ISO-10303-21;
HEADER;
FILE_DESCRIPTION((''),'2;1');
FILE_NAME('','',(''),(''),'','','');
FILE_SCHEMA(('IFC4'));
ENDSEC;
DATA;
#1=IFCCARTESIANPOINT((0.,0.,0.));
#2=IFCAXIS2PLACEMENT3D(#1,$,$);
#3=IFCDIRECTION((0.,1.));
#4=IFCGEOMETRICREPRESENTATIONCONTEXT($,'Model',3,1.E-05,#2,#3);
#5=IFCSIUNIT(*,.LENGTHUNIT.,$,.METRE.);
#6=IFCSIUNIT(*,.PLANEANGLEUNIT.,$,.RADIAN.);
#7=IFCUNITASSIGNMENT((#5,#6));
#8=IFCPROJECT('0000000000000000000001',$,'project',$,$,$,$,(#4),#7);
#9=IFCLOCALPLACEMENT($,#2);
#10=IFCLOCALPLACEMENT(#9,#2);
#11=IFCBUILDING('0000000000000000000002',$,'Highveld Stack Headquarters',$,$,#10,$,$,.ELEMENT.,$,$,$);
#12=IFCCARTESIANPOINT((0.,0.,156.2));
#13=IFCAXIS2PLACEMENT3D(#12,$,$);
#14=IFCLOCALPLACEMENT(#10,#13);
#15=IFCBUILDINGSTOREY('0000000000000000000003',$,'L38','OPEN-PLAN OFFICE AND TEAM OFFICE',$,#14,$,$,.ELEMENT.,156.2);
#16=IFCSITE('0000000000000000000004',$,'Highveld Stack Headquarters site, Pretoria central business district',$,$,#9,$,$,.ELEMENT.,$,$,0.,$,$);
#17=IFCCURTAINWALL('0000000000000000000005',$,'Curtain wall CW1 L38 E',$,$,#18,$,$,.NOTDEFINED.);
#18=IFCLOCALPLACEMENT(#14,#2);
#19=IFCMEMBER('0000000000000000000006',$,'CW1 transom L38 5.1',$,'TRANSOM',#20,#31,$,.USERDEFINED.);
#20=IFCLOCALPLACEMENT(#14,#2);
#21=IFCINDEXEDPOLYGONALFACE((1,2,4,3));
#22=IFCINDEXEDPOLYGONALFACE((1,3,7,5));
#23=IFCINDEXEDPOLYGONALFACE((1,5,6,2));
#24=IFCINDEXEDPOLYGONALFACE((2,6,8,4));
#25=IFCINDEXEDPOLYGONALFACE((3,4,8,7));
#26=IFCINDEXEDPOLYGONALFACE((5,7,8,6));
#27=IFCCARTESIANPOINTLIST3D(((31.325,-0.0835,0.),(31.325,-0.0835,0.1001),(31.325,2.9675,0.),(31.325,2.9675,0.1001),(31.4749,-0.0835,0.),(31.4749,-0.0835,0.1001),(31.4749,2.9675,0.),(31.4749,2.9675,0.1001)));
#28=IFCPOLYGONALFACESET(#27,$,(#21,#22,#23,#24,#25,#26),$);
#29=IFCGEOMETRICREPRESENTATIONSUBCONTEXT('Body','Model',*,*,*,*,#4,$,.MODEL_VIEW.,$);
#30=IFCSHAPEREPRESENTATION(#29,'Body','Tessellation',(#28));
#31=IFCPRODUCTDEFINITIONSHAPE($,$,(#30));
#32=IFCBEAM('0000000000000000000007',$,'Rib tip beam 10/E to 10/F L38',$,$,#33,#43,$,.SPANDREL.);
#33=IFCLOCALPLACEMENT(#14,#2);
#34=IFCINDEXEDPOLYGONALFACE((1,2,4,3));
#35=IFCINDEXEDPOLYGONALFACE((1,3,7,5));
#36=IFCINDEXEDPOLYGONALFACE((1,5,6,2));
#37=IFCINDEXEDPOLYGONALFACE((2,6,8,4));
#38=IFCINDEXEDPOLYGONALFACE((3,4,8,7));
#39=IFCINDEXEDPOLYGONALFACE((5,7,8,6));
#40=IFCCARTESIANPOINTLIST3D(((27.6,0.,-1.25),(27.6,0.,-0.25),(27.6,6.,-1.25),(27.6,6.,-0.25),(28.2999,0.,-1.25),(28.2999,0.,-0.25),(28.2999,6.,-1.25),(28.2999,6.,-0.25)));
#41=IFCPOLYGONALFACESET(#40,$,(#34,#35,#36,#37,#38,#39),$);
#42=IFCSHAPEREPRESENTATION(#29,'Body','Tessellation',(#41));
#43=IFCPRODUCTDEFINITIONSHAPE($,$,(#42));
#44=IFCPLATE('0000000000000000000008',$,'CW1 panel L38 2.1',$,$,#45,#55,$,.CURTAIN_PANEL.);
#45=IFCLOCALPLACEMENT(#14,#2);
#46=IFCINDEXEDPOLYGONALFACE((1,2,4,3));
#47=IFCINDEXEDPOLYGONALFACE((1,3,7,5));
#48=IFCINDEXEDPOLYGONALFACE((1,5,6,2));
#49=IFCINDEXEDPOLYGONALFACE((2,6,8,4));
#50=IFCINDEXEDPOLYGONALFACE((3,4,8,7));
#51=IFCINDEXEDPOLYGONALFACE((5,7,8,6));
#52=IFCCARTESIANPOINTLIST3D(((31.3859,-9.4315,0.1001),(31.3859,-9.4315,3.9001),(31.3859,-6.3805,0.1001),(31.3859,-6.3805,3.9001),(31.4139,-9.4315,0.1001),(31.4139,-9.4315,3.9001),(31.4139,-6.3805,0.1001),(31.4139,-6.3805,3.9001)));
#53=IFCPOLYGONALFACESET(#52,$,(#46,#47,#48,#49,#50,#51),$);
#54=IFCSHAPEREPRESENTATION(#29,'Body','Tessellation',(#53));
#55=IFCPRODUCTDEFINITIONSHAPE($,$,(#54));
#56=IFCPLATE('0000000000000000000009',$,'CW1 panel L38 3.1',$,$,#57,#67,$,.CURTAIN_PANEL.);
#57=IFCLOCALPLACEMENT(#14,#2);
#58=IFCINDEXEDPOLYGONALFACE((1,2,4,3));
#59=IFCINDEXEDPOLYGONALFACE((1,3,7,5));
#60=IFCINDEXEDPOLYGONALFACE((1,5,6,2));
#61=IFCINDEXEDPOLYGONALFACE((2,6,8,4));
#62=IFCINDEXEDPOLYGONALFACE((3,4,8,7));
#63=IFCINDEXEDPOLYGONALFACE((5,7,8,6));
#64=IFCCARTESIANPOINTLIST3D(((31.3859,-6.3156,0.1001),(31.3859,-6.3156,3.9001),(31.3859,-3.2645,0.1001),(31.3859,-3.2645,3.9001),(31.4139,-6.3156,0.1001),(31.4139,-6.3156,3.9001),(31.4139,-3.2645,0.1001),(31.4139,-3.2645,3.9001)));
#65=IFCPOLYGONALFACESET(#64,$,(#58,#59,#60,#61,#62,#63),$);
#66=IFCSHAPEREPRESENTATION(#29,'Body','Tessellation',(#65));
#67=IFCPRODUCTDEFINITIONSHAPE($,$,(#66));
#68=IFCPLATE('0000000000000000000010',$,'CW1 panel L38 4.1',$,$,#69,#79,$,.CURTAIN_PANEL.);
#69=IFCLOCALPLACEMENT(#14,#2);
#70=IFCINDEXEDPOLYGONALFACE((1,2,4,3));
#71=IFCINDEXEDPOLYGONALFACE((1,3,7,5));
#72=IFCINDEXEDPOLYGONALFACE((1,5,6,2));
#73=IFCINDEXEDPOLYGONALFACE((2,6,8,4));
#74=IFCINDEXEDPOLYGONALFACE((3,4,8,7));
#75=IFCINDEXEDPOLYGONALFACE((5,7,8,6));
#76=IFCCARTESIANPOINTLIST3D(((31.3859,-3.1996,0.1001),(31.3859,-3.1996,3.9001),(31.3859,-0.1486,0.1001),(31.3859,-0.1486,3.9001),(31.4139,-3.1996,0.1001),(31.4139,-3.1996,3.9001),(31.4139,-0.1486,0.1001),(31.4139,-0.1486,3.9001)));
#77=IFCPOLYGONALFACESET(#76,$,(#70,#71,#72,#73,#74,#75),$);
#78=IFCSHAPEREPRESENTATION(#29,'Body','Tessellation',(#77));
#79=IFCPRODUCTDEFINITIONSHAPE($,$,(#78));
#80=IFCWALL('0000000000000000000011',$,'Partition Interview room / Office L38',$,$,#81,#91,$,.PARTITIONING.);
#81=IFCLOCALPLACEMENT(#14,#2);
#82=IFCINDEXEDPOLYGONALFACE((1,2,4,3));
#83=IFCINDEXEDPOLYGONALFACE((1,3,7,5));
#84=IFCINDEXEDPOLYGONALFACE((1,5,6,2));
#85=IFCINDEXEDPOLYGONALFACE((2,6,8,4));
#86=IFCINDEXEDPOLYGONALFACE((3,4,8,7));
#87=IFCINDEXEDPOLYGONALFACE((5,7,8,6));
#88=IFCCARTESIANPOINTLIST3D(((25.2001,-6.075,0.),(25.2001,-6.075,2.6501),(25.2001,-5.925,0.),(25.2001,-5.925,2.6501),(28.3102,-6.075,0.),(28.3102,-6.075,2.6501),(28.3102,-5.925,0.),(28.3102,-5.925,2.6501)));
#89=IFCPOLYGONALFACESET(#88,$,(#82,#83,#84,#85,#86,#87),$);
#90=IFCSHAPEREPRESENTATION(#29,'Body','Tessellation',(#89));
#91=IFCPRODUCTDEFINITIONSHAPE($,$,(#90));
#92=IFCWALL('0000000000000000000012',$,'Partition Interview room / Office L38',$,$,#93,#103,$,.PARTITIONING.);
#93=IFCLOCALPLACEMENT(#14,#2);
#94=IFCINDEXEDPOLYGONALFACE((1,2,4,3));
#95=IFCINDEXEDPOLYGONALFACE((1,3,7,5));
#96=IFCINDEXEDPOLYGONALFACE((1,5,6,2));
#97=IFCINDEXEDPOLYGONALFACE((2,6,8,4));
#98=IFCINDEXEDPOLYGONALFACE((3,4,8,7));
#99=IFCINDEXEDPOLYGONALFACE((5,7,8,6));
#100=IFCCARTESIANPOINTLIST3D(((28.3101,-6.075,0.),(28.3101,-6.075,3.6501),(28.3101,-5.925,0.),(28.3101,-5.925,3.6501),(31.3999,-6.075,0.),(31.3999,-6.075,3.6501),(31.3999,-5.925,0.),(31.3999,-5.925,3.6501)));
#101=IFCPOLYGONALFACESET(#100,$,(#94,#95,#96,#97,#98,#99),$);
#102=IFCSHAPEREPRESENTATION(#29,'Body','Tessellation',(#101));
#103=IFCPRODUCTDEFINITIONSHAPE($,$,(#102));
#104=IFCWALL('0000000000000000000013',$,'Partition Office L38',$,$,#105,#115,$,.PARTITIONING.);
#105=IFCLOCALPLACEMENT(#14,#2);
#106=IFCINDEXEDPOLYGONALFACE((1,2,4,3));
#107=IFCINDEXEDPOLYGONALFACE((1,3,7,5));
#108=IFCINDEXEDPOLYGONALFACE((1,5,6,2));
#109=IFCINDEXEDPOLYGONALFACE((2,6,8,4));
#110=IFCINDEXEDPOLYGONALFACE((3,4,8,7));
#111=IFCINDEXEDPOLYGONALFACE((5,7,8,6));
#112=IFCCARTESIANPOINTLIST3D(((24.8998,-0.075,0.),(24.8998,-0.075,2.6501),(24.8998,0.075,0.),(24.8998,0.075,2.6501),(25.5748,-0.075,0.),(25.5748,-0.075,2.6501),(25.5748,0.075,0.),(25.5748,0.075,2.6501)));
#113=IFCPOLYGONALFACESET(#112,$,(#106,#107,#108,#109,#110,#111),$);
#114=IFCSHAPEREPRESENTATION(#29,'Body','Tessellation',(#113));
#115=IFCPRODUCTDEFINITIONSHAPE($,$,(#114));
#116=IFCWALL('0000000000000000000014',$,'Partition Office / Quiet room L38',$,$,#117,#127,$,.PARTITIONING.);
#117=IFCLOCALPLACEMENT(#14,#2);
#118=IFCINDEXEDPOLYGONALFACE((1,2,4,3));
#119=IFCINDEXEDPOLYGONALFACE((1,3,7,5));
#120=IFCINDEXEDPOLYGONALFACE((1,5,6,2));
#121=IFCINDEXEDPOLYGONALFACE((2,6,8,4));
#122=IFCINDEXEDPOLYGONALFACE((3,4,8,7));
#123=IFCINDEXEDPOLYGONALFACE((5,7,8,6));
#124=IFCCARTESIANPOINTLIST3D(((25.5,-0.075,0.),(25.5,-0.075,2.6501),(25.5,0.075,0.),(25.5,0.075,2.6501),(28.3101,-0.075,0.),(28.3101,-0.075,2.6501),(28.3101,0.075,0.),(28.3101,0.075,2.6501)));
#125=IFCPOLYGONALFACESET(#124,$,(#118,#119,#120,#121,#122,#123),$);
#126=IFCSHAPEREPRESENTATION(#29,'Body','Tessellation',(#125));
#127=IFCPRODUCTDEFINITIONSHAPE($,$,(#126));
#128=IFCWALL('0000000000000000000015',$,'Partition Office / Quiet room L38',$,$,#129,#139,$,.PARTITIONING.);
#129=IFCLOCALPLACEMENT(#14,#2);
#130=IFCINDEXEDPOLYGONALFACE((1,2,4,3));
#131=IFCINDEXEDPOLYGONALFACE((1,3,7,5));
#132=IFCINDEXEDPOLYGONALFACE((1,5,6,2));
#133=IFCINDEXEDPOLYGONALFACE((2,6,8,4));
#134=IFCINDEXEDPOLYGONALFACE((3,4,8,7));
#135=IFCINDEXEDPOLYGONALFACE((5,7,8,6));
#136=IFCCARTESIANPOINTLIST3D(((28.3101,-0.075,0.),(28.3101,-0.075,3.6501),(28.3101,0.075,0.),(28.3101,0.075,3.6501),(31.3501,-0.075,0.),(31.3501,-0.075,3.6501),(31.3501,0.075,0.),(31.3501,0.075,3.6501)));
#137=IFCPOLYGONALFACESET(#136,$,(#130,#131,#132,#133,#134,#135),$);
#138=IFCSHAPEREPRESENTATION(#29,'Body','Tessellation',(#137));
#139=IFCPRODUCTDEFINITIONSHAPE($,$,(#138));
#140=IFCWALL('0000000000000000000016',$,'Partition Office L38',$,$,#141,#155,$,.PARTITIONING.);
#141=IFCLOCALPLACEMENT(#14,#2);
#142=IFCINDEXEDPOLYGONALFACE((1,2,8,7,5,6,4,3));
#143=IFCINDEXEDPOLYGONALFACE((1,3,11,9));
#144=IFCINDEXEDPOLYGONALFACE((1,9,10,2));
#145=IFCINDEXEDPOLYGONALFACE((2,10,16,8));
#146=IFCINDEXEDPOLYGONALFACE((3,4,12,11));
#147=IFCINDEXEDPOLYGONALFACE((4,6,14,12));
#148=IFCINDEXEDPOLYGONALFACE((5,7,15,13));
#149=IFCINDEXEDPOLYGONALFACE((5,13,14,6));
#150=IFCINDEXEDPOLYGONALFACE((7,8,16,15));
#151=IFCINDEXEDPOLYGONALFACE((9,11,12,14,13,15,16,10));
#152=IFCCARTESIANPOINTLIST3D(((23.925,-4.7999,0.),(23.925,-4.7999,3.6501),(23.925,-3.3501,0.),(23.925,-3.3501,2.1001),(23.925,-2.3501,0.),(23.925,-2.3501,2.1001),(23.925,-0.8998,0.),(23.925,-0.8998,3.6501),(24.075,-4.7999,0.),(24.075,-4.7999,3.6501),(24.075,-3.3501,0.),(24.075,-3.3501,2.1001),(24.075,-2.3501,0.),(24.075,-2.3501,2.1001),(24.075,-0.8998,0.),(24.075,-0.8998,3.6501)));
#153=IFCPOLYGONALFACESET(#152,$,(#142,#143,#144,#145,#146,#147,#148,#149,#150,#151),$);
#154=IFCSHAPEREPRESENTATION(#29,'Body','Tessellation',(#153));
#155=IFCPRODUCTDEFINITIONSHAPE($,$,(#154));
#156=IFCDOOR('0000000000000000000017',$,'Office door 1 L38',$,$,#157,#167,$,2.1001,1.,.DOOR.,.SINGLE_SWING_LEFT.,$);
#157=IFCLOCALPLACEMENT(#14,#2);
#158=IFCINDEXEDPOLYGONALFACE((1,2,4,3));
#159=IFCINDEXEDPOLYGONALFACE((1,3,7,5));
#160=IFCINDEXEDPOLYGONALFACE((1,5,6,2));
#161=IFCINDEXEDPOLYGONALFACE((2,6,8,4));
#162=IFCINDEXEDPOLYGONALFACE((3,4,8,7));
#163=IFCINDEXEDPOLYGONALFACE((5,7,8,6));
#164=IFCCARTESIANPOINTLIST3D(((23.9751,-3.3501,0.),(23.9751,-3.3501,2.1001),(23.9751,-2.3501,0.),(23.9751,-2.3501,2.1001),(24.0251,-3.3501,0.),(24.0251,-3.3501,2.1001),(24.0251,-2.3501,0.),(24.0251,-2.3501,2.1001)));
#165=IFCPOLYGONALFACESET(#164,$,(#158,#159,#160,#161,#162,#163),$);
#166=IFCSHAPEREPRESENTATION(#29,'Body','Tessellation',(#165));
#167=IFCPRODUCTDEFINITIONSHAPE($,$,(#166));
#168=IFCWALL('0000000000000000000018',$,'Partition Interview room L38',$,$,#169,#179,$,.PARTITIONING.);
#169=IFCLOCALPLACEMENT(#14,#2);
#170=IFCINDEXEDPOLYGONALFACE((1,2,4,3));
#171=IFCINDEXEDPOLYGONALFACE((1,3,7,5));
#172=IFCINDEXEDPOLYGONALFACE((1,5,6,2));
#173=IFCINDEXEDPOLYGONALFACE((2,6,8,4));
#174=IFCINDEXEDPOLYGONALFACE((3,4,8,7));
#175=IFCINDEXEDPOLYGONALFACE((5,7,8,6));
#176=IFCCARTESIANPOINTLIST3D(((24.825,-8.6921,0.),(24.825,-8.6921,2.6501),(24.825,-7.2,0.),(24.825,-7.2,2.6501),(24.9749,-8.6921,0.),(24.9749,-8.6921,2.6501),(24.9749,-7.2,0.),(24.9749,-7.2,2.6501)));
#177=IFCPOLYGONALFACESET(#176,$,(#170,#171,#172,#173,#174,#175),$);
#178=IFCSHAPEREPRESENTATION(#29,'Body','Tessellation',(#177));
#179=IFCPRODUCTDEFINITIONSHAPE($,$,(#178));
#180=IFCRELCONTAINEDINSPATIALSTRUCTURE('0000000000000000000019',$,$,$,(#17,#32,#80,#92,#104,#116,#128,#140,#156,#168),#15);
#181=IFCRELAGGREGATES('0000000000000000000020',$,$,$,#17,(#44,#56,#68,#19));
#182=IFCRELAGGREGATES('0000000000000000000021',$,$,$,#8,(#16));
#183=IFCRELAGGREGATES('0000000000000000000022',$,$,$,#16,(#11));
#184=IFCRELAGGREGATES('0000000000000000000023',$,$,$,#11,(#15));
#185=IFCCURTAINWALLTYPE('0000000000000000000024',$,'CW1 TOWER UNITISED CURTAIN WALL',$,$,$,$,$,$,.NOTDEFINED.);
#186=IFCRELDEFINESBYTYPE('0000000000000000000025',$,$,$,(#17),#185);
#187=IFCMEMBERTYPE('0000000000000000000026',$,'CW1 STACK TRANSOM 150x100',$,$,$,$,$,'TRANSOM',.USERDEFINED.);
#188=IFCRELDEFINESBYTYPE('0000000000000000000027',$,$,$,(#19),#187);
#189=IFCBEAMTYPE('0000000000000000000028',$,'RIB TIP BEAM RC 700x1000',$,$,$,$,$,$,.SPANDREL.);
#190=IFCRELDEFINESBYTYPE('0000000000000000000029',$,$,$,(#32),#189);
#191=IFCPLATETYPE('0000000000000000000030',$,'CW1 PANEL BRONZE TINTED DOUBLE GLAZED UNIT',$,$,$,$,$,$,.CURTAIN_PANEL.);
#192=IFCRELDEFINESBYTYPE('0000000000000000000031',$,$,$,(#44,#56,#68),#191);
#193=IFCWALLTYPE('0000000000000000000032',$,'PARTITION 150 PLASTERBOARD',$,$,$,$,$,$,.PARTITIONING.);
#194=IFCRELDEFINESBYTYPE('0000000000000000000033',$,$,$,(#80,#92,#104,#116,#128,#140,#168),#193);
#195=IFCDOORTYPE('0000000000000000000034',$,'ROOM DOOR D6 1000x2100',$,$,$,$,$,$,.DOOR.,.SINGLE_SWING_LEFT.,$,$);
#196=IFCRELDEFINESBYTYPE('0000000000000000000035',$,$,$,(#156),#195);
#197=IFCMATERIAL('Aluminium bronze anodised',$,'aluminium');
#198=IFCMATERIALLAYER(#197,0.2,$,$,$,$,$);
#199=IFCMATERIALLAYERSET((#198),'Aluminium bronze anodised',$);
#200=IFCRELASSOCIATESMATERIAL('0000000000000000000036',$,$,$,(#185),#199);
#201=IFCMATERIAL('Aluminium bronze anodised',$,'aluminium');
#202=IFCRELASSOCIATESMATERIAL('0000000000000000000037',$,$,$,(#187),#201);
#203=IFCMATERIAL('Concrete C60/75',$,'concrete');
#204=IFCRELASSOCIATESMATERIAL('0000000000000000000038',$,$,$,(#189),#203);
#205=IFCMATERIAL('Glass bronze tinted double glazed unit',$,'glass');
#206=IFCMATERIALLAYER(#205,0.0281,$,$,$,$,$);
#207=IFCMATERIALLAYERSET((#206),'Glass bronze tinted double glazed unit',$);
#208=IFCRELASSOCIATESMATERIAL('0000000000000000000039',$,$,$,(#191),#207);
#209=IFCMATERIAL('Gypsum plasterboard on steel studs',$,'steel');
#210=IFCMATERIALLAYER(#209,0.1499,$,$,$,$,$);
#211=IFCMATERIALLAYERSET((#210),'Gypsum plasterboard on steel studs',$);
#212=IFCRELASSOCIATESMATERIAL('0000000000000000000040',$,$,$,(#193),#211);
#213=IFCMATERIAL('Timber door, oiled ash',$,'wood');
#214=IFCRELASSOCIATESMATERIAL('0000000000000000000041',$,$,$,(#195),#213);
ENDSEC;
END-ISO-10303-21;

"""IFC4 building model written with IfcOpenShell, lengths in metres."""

from ifc_helpers import new_model, si_unit, direction, frame, frame_2d, origin, origin_2d, place, context, subcontext, project, spatial, rectangle, extrude, material, layer, layer_set, material_profile, profile_set, type_object, element, fill, aggregate, save


model = new_model("IFC4")

# Units and contexts
model_context = context("Model", 3, precision=1e-05, world=origin(), true_north=direction((0.0, 1.0)))
body_context = subcontext(model_context, "Body", "Model", "MODEL_VIEW")
ifc_project = project(units=[si_unit("LENGTHUNIT", "METRE"), si_unit("PLANEANGLEUNIT", "RADIAN")], contexts=[model_context])

# Site, building, storey
site_placement = place(None, origin())
site = spatial("IfcSite", under=ifc_project, at=site_placement, Name="Highveld Stack Headquarters site, Pretoria central business district", CompositionType="ELEMENT", RefElevation=0.0)
building_placement = place(site_placement, origin())
building = spatial("IfcBuilding", under=site, at=building_placement, Name="Highveld Stack Headquarters", CompositionType="ELEMENT")
storey_placement = place(building_placement, frame((0.0, 0.0, 156.2)))
storey = spatial("IfcBuildingStorey", under=building, at=storey_placement, Name="L38", Description="OPEN-PLAN OFFICE AND TEAM OFFICE", CompositionType="ELEMENT", Elevation=156.2)

# Curtain wall, member
ifc_material_1 = material(Name="Aluminium bronze anodised", Category="aluminium")
ifc_layer_1 = layer(ifc_material_1, 0.2)
ifc_layer_set_1 = layer_set([ifc_layer_1], Name="Aluminium bronze anodised")
curtain_wall_type = type_object("IfcCurtainWallType", Name="CW1 TOWER UNITISED CURTAIN WALL", PredefinedType="NOTDEFINED", material=ifc_layer_set_1)
curtain_wall_placement = place(storey_placement, origin())
curtain_wall = element("IfcCurtainWall", 1, at=curtain_wall_placement, inside=storey, type_object=curtain_wall_type, Name="Curtain wall CW1 L38 E", PredefinedType="NOTDEFINED")
ifc_material_2 = material(Name="Aluminium bronze anodised", Category="aluminium")
ifc_material_profile_1 = material_profile(ifc_material_2, rectangle(XDim=0.1499, YDim=0.1001, at=origin_2d()), Name="CW1 TRANSOM 150x100")
ifc_profile_set_1 = profile_set([ifc_material_profile_1], Name="Aluminium bronze anodised")
member_type_1 = type_object("IfcMemberType", Name="CW1 STACK TRANSOM 150x100", ElementType="TRANSOM", PredefinedType="USERDEFINED", material=ifc_profile_set_1)
member_1_placement = place(storey_placement, frame((31.3999, -0.0835, 0.05), z_axis=(0.0, 1.0, 0.0), x_axis=(-1.0, 0.0, 0.0)))
member_1 = element("IfcMember", 2, at=member_1_placement, type_object=member_type_1, Name="CW1 transom L38 5.1", ObjectType="TRANSOM", PredefinedType="USERDEFINED", context=body_context, shape_type="SweptSolid", body=[
    extrude(rectangle(XDim=0.1499, YDim=0.1001, at=origin_2d()), origin(), (0.0, 0.0, 1.0), 3.051),
])

# Beam
ifc_material_3 = material(Name="Concrete C60/75", Category="concrete")
ifc_material_profile_2 = material_profile(ifc_material_3, rectangle(XDim=0.7, YDim=1.0, at=origin_2d()), Name="RC 700x1000")
ifc_profile_set_2 = profile_set([ifc_material_profile_2], Name="Concrete C60/75")
beam_type_1 = type_object("IfcBeamType", Name="RIB TIP BEAM RC 700x1000", PredefinedType="SPANDREL", material=ifc_profile_set_2)
beam_1_placement = place(storey_placement, frame((27.95, 0.0, -0.75), z_axis=(0.0, 1.0, 0.0), x_axis=(-1.0, 0.0, 0.0)))
element("IfcBeam", 3, at=beam_1_placement, inside=storey, type_object=beam_type_1, Name="Rib tip beam 10/E to 10/F L38", PredefinedType="SPANDREL", context=body_context, shape_type="SweptSolid", body=[
    extrude(rectangle(XDim=0.7, YDim=1.0, at=origin_2d()), origin(), (0.0, 0.0, 1.0), 6.0),
])

# Plates
ifc_material_4 = material(Name="Glass bronze tinted double glazed unit", Category="glass")
ifc_layer_2 = layer(ifc_material_4, 0.0281)
ifc_layer_set_2 = layer_set([ifc_layer_2], Name="Glass bronze tinted double glazed unit")
plate_type = type_object("IfcPlateType", Name="CW1 PANEL BRONZE TINTED DOUBLE GLAZED UNIT", PredefinedType="CURTAIN_PANEL", material=ifc_layer_set_2)
plate_1_placement = place(storey_placement, frame((31.3999, -7.906, 0.1001), z_axis=(0.0, 0.0, 1.0), x_axis=(0.0, 1.0, 0.0)))
plate_1 = element("IfcPlate", 4, at=plate_1_placement, type_object=plate_type, Name="CW1 panel L38 2.1", PredefinedType="CURTAIN_PANEL", context=body_context, shape_type="SweptSolid", body=[
    extrude(rectangle(XDim=3.051, YDim=0.0281, at=origin_2d()), origin(), (0.0, 0.0, 1.0), 3.8),
])
plate_2_placement = place(storey_placement, frame((31.3999, -4.79, 0.1001), z_axis=(0.0, 0.0, 1.0), x_axis=(0.0, 1.0, 0.0)))
plate_2 = element("IfcPlate", 5, at=plate_2_placement, type_object=plate_type, Name="CW1 panel L38 3.1", PredefinedType="CURTAIN_PANEL", context=body_context, shape_type="SweptSolid", body=[
    extrude(rectangle(XDim=3.051, YDim=0.0281, at=origin_2d()), origin(), (0.0, 0.0, 1.0), 3.8),
])
plate_3_placement = place(storey_placement, frame((31.3999, -1.6741, 0.1001), z_axis=(0.0, 0.0, 1.0), x_axis=(0.0, 1.0, 0.0)))
plate_3 = element("IfcPlate", 6, at=plate_3_placement, type_object=plate_type, Name="CW1 panel L38 4.1", PredefinedType="CURTAIN_PANEL", context=body_context, shape_type="SweptSolid", body=[
    extrude(rectangle(XDim=3.051, YDim=0.0281, at=origin_2d()), origin(), (0.0, 0.0, 1.0), 3.8),
])
aggregate(curtain_wall, [plate_1, plate_2, plate_3, member_1])

# Walls
ifc_material_5 = material(Name="Gypsum plasterboard on steel studs", Category="steel")
ifc_layer_3 = layer(ifc_material_5, 0.1499)
ifc_layer_set_3 = layer_set([ifc_layer_3], Name="Gypsum plasterboard on steel studs")
wall_type = type_object("IfcWallType", Name="PARTITION 150 PLASTERBOARD", PredefinedType="PARTITIONING", material=ifc_layer_set_3)
wall_1_placement = place(storey_placement, frame((25.2, -6.0, 0.0), z_axis=(0.0, 0.0, 1.0), x_axis=(1.0, 0.0, 0.0)))
element("IfcWall", 7, at=wall_1_placement, inside=storey, type_object=wall_type, Name="Partition Interview room / Office L38", PredefinedType="PARTITIONING", context=body_context, shape_type="SweptSolid", body=[
    extrude(rectangle(XDim=3.1101, YDim=0.1499, at=frame_2d((1.5552, 0.0))), origin(), (0.0, 0.0, 1.0), 2.6501),
])
wall_2_placement = place(storey_placement, frame((28.3101, -6.0, 0.0), z_axis=(0.0, 0.0, 1.0), x_axis=(1.0, 0.0, 0.0)))
element("IfcWall", 8, at=wall_2_placement, inside=storey, type_object=wall_type, Name="Partition Interview room / Office L38", PredefinedType="PARTITIONING", context=body_context, shape_type="SweptSolid", body=[
    extrude(rectangle(XDim=3.0898, YDim=0.1499, at=frame_2d((1.5449, 0.0))), origin(), (0.0, 0.0, 1.0), 3.6501),
])
wall_3_placement = place(storey_placement, frame((24.8999, 0.0, 0.0), z_axis=(0.0, 0.0, 1.0), x_axis=(1.0, 0.0, 0.0)))
element("IfcWall", 9, at=wall_3_placement, inside=storey, type_object=wall_type, Name="Partition Office L38", PredefinedType="PARTITIONING", context=body_context, shape_type="SweptSolid", body=[
    extrude(rectangle(XDim=0.675, YDim=0.1499, at=frame_2d((0.3374, 0.0))), origin(), (0.0, 0.0, 1.0), 2.6501),
])
wall_4_placement = place(storey_placement, frame((25.5, 0.0, 0.0), z_axis=(0.0, 0.0, 1.0), x_axis=(1.0, 0.0, 0.0)))
element("IfcWall", 10, at=wall_4_placement, inside=storey, type_object=wall_type, Name="Partition Office / Quiet room L38", PredefinedType="PARTITIONING", context=body_context, shape_type="SweptSolid", body=[
    extrude(rectangle(XDim=2.8101, YDim=0.1499, at=frame_2d((1.405, 0.0))), origin(), (0.0, 0.0, 1.0), 2.6501),
])
wall_5_placement = place(storey_placement, frame((28.3101, 0.0, 0.0), z_axis=(0.0, 0.0, 1.0), x_axis=(1.0, 0.0, 0.0)))
element("IfcWall", 11, at=wall_5_placement, inside=storey, type_object=wall_type, Name="Partition Office / Quiet room L38", PredefinedType="PARTITIONING", context=body_context, shape_type="SweptSolid", body=[
    extrude(rectangle(XDim=3.04, YDim=0.1499, at=frame_2d((1.52, 0.0))), origin(), (0.0, 0.0, 1.0), 3.6501),
])

# Wall, opening, door
wall_6_placement = place(storey_placement, frame((24.0, -4.8, 0.0), z_axis=(0.0, 0.0, 1.0), x_axis=(0.0, 1.0, 0.0)))
wall_6 = element("IfcWall", 12, at=wall_6_placement, inside=storey, type_object=wall_type, Name="Partition Office L38", PredefinedType="PARTITIONING", context=body_context, shape_type="SweptSolid", body=[
    extrude(rectangle(XDim=3.9001, YDim=0.1499, at=frame_2d((1.9502, 0.0))), origin(), (0.0, 0.0, 1.0), 3.6501),
])
opening_placement = place(wall_6_placement, frame((1.45, 0.0, 0.0)))
opening = element("IfcOpeningElement", 13, at=opening_placement, cuts=wall_6, PredefinedType="OPENING", context=body_context, shape_type="SweptSolid", body=[
    extrude(rectangle(XDim=1.0, YDim=2.1001, at=frame_2d((0.5, 1.05))), frame((0.0, 0.085, 0.0), z_axis=(0.0, -1.0, 0.0), x_axis=(1.0, 0.0, 0.0)), (0.0, 0.0, 1.0), 0.1699),
])
ifc_material_6 = material(Name="Timber door, oiled ash", Category="wood")
door_type = type_object("IfcDoorType", Name="ROOM DOOR D6 1000x2100", OperationType="SINGLE_SWING_LEFT", PredefinedType="DOOR", material=ifc_material_6)
door_placement = place(opening_placement, origin())
door = element("IfcDoor", 14, at=door_placement, inside=storey, type_object=door_type, Name="Office door 1 L38", OperationType="SINGLE_SWING_LEFT", OverallHeight=2.1001, OverallWidth=1.0, PredefinedType="DOOR", context=body_context, shape_type="SweptSolid", body=[
    extrude(rectangle(XDim=1.0, YDim=2.1001, at=frame_2d((0.5, 1.05))), frame((0.0, 0.0249, 0.0), z_axis=(0.0, -1.0, 0.0), x_axis=(1.0, 0.0, 0.0)), (0.0, 0.0, 1.0), 0.05),
])
fill(opening, door)

# Wall
wall_7_placement = place(storey_placement, frame((24.8999, -8.6921, 0.0), z_axis=(0.0, 0.0, 1.0), x_axis=(0.0, 1.0, 0.0)))
element("IfcWall", 15, at=wall_7_placement, inside=storey, type_object=wall_type, Name="Partition Interview room L38", PredefinedType="PARTITIONING", context=body_context, shape_type="SweptSolid", body=[
    extrude(rectangle(XDim=1.4922, YDim=0.1499, at=frame_2d((0.7461, 0.0))), origin(), (0.0, 0.0, 1.0), 2.6501),
])

save(model, "model.ifc")
